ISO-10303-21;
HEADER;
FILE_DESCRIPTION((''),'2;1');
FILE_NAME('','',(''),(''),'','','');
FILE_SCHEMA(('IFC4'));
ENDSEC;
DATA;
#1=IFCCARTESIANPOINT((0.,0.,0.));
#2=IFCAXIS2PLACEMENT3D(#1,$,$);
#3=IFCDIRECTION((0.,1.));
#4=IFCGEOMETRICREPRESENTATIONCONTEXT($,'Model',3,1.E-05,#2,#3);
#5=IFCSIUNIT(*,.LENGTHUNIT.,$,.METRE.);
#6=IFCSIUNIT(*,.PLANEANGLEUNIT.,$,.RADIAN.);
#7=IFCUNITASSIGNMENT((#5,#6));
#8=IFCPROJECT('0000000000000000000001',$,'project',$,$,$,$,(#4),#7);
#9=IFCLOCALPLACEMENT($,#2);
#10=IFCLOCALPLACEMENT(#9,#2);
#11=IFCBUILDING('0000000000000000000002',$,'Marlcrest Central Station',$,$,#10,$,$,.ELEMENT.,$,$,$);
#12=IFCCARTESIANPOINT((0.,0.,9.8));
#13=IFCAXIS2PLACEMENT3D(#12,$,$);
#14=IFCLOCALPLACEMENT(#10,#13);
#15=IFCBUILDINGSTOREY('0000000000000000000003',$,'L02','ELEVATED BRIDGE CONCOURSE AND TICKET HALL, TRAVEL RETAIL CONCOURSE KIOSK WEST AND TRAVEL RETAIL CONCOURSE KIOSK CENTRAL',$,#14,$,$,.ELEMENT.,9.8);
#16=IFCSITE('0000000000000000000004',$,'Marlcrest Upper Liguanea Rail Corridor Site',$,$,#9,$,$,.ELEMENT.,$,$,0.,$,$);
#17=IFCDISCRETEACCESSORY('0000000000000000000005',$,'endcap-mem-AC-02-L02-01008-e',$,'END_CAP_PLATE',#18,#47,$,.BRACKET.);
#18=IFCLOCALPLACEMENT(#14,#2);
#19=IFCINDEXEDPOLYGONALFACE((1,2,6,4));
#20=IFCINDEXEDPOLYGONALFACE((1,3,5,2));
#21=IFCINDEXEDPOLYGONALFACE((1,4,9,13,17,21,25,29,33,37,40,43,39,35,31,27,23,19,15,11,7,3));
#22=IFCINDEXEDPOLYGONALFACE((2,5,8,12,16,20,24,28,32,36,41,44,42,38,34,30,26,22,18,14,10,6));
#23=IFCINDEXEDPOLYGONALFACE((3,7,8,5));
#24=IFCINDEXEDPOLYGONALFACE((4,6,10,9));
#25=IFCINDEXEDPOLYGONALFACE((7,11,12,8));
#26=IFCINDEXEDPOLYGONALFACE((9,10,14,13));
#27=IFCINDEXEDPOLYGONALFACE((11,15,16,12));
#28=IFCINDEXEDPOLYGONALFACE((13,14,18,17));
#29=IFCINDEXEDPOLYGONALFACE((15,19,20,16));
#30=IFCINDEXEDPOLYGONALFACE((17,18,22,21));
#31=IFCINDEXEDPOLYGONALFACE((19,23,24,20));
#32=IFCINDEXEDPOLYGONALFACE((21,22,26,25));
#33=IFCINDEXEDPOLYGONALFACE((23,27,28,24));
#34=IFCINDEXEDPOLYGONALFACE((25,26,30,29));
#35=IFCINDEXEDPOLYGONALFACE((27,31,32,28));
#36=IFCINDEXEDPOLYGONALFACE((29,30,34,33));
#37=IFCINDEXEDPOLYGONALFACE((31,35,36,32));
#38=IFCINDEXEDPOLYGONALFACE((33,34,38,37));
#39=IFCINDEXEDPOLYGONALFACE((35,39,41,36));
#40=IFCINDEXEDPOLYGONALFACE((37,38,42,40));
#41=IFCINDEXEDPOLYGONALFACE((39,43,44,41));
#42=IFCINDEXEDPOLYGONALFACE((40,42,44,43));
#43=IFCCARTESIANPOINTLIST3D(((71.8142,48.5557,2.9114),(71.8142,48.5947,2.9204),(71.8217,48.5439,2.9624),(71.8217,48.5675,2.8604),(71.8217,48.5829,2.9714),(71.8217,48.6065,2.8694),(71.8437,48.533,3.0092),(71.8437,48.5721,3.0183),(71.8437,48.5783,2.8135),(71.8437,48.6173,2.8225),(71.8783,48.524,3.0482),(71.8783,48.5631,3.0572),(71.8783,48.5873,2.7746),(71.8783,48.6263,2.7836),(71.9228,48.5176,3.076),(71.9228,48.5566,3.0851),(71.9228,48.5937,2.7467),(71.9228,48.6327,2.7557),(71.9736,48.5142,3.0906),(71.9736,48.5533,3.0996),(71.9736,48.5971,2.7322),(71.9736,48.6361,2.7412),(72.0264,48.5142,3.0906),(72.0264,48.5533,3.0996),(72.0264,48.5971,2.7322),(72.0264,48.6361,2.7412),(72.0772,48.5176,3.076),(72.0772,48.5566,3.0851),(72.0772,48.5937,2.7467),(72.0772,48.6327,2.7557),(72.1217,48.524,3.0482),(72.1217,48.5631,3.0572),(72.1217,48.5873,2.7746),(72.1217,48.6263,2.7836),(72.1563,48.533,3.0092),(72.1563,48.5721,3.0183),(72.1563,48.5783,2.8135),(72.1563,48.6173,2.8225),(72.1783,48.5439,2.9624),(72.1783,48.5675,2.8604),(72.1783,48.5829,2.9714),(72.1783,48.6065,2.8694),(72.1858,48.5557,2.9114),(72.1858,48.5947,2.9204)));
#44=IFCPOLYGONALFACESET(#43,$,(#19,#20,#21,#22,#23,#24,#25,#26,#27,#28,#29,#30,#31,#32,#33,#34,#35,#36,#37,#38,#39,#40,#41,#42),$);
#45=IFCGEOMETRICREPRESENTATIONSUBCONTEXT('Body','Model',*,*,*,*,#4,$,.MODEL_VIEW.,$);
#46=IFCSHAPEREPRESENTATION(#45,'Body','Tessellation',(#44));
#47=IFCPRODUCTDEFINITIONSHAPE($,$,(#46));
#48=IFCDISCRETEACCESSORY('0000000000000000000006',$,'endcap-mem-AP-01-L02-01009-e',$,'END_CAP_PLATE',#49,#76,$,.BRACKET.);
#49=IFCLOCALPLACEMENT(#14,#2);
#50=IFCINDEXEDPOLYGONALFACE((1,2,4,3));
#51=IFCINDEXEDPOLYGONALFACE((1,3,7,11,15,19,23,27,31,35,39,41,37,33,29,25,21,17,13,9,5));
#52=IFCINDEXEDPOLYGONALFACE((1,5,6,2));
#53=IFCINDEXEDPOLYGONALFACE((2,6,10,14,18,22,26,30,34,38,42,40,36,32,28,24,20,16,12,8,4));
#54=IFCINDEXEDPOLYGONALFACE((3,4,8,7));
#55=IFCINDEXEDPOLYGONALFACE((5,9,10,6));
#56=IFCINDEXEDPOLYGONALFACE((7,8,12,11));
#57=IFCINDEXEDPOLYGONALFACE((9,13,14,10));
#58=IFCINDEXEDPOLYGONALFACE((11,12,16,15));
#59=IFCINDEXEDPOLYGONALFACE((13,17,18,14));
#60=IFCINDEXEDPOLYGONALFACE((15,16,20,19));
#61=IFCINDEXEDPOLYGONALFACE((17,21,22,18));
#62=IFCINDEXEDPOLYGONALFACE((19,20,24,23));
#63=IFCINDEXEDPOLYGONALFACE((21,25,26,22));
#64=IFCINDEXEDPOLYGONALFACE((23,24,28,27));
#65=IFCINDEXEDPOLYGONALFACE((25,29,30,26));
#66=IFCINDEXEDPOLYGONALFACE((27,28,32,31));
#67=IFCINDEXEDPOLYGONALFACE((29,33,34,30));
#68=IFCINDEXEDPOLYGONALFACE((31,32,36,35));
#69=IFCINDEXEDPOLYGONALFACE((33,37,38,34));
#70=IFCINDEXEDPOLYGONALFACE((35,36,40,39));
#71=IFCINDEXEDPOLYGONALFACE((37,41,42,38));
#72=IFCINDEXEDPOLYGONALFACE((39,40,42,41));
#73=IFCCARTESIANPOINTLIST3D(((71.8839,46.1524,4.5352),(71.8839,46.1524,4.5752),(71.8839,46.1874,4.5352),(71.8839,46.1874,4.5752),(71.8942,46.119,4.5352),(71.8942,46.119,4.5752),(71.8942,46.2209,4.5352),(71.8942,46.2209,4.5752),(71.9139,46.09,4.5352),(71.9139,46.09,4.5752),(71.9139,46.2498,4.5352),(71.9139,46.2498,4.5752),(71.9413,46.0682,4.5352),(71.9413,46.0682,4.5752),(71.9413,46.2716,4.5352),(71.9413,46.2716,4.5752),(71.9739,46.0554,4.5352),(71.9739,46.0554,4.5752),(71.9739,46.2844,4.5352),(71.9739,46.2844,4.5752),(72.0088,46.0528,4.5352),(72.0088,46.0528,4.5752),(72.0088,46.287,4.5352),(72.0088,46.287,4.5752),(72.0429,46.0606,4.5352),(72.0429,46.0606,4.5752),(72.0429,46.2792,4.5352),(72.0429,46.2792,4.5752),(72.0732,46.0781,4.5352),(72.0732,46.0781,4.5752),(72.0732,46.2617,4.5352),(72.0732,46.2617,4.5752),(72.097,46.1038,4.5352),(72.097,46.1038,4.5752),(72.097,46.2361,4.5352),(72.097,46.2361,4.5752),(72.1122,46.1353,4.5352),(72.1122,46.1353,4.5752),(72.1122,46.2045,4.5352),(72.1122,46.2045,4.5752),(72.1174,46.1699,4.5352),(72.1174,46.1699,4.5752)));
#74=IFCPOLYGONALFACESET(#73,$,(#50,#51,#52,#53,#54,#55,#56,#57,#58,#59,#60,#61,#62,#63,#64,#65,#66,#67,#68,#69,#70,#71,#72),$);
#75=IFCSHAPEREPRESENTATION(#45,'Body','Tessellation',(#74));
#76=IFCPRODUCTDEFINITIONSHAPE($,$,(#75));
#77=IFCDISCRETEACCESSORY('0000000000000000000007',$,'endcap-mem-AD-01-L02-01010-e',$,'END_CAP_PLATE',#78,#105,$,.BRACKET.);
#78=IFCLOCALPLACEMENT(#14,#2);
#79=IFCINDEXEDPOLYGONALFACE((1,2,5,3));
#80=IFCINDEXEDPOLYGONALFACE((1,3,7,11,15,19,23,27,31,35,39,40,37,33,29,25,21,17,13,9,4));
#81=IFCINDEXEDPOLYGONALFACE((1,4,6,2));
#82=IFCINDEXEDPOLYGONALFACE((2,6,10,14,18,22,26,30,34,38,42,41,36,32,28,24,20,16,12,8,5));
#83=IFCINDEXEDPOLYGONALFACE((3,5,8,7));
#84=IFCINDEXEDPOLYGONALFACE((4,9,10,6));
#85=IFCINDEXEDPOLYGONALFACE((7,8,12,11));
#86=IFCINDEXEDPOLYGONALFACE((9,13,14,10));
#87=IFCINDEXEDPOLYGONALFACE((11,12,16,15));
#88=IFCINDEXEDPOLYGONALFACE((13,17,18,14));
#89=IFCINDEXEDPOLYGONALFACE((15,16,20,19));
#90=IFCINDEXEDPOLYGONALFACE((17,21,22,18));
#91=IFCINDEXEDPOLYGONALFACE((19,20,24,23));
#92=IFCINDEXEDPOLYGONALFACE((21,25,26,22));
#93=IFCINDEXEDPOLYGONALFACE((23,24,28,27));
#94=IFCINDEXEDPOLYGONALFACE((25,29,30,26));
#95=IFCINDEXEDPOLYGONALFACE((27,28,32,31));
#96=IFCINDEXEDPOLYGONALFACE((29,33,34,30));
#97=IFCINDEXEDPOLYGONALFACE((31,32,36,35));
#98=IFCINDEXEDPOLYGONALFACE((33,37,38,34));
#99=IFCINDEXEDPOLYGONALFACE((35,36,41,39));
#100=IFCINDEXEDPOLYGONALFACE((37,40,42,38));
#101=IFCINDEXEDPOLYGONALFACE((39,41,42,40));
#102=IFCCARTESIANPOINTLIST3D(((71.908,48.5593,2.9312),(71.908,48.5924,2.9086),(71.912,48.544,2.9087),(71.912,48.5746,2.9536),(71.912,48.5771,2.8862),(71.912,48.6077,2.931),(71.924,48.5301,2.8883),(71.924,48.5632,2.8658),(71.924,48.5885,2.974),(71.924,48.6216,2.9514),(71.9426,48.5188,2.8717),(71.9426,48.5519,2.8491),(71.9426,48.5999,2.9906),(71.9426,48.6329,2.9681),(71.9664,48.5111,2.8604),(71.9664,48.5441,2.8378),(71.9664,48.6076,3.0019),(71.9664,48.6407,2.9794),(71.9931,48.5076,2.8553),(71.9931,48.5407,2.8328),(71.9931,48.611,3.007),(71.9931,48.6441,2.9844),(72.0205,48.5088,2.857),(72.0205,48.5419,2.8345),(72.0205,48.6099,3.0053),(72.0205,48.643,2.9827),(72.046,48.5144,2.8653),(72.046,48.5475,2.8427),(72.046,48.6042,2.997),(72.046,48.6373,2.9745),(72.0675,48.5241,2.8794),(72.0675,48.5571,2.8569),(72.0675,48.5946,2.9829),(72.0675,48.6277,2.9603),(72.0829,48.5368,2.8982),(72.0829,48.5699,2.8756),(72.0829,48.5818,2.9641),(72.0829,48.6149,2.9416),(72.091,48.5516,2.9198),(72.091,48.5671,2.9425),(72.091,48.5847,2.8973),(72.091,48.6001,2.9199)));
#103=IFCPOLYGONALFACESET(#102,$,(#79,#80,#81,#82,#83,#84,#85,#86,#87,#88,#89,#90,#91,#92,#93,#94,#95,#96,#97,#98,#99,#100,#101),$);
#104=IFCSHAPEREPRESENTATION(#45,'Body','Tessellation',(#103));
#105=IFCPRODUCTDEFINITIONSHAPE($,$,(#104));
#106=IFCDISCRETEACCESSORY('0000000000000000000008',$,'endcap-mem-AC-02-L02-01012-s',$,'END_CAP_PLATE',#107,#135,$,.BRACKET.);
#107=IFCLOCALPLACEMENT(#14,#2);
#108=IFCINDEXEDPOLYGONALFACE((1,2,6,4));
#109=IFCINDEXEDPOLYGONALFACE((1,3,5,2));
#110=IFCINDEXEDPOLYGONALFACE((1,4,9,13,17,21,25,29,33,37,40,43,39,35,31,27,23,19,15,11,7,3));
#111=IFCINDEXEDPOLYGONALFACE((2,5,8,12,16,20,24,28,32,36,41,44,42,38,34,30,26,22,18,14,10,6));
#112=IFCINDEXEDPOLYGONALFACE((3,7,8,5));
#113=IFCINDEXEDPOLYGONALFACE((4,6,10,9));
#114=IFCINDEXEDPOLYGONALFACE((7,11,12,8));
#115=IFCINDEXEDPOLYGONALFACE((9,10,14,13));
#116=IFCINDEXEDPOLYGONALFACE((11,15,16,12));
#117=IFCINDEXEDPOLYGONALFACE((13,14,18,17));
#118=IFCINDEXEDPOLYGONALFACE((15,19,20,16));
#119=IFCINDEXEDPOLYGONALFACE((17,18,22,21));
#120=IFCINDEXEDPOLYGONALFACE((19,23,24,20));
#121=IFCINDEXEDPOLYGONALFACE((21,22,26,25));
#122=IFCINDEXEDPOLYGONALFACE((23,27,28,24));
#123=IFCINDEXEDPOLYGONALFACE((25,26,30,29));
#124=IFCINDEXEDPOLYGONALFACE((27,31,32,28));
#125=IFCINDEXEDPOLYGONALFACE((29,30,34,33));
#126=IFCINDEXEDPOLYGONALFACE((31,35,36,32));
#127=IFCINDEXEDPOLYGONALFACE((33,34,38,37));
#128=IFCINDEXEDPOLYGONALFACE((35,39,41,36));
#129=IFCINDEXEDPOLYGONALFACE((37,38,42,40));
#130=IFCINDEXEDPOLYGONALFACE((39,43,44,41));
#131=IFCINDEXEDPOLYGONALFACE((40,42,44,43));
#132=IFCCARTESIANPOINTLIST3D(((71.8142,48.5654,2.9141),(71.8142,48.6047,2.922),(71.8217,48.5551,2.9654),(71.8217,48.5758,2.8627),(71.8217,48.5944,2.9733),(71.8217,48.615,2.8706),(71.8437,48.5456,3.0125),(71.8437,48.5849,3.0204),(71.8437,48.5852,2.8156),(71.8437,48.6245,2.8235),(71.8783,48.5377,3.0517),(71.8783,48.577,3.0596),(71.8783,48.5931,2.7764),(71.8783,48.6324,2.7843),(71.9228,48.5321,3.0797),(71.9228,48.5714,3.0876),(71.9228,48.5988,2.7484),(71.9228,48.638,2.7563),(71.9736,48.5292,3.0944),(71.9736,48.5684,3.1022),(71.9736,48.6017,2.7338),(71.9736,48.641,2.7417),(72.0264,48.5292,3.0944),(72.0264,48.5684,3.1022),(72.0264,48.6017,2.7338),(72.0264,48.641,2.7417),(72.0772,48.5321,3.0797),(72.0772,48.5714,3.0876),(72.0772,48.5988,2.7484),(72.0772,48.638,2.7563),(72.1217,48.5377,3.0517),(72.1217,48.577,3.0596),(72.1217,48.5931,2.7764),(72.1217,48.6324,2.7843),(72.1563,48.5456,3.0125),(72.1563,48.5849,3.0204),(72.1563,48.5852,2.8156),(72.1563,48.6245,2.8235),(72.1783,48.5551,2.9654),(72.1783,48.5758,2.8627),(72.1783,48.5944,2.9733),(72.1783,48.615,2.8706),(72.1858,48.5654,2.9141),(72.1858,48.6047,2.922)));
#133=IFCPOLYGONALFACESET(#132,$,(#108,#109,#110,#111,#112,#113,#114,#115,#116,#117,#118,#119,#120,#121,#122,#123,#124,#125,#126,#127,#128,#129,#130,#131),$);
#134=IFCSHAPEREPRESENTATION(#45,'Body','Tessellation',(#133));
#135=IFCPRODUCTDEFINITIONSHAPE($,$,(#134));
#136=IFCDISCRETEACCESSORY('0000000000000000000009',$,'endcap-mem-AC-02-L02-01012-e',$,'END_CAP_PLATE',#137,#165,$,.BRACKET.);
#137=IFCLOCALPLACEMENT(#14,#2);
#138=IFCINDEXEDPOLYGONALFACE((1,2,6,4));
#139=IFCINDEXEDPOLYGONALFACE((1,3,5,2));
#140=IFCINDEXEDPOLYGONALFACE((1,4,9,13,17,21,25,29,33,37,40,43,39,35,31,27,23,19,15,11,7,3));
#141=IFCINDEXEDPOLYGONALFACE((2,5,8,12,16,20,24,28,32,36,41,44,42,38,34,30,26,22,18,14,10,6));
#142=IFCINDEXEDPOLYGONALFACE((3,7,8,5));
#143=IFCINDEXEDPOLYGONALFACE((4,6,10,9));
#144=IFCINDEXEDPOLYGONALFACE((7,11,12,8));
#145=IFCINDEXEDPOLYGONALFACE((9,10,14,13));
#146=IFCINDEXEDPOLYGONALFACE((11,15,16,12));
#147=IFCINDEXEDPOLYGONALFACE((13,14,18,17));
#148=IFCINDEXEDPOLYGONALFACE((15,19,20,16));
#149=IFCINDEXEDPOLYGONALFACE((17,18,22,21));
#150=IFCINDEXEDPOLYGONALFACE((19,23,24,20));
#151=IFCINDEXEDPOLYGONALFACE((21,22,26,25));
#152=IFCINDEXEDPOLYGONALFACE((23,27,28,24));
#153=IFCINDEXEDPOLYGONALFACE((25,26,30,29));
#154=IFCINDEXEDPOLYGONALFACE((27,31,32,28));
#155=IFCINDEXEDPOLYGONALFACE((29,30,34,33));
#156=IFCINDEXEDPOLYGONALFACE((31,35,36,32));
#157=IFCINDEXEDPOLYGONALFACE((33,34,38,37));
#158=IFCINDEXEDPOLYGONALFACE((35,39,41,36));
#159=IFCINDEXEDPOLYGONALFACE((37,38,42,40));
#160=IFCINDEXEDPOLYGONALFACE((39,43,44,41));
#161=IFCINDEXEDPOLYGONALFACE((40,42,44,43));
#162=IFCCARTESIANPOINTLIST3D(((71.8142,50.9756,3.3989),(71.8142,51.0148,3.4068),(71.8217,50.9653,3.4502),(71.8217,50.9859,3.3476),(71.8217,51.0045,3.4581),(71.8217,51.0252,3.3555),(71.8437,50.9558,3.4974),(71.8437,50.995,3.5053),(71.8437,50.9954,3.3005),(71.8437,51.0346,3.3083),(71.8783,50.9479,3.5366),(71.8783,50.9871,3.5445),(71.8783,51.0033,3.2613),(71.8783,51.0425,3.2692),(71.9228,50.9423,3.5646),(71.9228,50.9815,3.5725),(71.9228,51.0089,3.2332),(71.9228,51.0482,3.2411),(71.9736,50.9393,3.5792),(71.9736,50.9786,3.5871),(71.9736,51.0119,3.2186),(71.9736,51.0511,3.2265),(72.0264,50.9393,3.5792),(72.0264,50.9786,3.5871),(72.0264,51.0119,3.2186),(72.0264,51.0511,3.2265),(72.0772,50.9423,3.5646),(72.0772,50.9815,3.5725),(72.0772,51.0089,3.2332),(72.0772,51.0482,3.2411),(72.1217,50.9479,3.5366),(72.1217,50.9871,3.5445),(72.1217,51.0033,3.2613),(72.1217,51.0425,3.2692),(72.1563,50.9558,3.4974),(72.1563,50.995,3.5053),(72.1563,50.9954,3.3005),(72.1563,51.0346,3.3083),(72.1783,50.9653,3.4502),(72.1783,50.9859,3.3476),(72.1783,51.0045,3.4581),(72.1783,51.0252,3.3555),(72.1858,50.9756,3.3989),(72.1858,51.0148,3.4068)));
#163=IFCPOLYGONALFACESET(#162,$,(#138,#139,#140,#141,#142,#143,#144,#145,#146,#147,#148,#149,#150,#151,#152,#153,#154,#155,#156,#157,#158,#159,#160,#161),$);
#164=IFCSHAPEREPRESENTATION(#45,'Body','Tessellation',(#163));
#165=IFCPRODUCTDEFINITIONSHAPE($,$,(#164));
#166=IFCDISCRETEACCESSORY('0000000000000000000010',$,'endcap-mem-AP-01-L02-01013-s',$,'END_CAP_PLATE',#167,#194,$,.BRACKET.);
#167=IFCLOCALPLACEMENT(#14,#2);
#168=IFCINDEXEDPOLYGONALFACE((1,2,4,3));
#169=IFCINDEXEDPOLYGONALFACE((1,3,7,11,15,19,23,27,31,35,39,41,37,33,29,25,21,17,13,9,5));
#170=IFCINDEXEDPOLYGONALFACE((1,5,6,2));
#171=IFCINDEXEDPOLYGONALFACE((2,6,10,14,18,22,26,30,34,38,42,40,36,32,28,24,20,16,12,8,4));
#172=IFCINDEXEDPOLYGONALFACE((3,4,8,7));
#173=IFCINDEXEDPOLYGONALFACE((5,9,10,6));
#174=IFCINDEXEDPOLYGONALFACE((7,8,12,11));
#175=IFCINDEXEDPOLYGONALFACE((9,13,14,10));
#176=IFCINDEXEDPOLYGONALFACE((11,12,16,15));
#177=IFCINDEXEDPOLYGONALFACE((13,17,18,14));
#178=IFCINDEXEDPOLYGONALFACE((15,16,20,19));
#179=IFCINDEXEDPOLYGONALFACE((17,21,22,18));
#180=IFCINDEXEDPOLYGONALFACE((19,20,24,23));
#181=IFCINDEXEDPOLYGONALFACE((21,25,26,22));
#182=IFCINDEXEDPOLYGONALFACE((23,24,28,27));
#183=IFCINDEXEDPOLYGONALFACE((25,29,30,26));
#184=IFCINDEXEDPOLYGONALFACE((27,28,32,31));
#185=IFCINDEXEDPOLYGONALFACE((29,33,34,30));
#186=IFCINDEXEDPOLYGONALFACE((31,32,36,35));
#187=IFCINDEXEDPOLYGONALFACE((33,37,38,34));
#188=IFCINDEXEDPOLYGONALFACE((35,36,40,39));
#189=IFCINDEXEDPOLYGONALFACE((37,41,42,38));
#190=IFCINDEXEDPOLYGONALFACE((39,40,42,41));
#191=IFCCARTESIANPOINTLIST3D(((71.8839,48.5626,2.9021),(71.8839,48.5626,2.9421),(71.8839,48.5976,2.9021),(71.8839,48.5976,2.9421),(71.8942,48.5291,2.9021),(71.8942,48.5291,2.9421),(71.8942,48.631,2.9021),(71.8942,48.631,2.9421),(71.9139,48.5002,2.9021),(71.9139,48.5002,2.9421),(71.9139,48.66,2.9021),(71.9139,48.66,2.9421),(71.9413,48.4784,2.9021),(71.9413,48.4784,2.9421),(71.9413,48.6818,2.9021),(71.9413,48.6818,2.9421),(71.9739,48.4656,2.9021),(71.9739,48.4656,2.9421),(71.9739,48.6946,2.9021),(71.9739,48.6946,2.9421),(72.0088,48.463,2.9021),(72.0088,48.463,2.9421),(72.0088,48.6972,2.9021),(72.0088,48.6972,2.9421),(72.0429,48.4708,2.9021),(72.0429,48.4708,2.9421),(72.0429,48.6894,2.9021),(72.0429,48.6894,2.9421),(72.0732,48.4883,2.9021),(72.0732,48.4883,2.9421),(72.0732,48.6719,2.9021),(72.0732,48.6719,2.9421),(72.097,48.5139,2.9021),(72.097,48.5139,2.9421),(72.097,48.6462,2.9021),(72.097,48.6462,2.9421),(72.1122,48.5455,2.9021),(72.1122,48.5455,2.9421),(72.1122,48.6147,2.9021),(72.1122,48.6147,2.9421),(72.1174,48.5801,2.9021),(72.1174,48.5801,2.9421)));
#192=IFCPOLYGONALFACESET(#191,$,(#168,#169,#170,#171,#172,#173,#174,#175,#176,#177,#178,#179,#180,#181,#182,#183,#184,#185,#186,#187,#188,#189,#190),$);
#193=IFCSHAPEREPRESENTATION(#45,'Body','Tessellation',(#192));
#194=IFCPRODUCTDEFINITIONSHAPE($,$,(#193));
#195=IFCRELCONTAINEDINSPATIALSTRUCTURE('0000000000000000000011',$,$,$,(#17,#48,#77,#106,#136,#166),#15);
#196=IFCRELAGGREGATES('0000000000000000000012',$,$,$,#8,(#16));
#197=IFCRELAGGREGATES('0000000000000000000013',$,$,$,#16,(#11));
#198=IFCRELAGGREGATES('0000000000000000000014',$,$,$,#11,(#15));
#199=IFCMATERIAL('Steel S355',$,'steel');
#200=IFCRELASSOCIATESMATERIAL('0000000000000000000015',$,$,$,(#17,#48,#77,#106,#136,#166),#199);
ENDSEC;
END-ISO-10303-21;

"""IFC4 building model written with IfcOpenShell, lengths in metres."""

from ifc_helpers import new_model, si_unit, direction, frame, origin, origin_2d, place, context, subcontext, project, spatial, circle, extrude, material, element, save


model = new_model("IFC4")

# Units and contexts
model_context = context("Model", 3, precision=1e-05, world=origin(), true_north=direction((0.0, 1.0)))
body_context = subcontext(model_context, "Body", "Model", "MODEL_VIEW")
ifc_project = project(units=[si_unit("LENGTHUNIT", "METRE"), si_unit("PLANEANGLEUNIT", "RADIAN")], contexts=[model_context])

# Site, building, storey
site_placement = place(None, origin())
site = spatial("IfcSite", under=ifc_project, at=site_placement, Name="Marlcrest Upper Liguanea Rail Corridor Site", CompositionType="ELEMENT", RefElevation=0.0)
building_placement = place(site_placement, origin())
building = spatial("IfcBuilding", under=site, at=building_placement, Name="Marlcrest Central Station", CompositionType="ELEMENT")
storey_placement = place(building_placement, frame((0.0, 0.0, 9.8)))
storey = spatial("IfcBuildingStorey", under=building, at=storey_placement, Name="L02", Description="ELEVATED BRIDGE CONCOURSE AND TICKET HALL, TRAVEL RETAIL CONCOURSE KIOSK WEST AND TRAVEL RETAIL CONCOURSE KIOSK CENTRAL", CompositionType="ELEMENT", Elevation=9.8)

# Shared definitions
ifc_material = material(Name="Steel S355", Category="steel")

# Discrete accessories
discrete_accessory_1_placement = place(storey_placement, frame((72.0, 48.5557, 2.9114), z_axis=(0.0, 0.974308, 0.22522), x_axis=(-1.0, 0.0, 0.0)))
element("IfcDiscreteAccessory", 1, at=discrete_accessory_1_placement, inside=storey, material=ifc_material, Name="endcap-mem-AC-02-L02-01008-e", ObjectType="END_CAP_PLATE", PredefinedType="BRACKET", context=body_context, shape_type="SweptSolid", body=[
    extrude(circle(Radius=0.1858, at=origin_2d()), origin(), (0.0, 0.0, 1.0), 0.04),
])
discrete_accessory_2_placement = place(storey_placement, frame((72.0, 46.1699, 4.5352), z_axis=(0.0, 0.0, 1.0), x_axis=(1.0, 0.0, 0.0)))
element("IfcDiscreteAccessory", 2, at=discrete_accessory_2_placement, inside=storey, material=ifc_material, Name="endcap-mem-AP-01-L02-01009-e", ObjectType="END_CAP_PLATE", PredefinedType="BRACKET", context=body_context, shape_type="SweptSolid", body=[
    extrude(circle(Radius=0.1174, at=origin_2d()), origin(), (0.0, 0.0, 1.0), 0.04),
])
discrete_accessory_3_placement = place(storey_placement, frame((72.0, 48.5593, 2.9312), z_axis=(0.0, 0.826263, -0.563285), x_axis=(-1.0, 0.0, 0.0)))
element("IfcDiscreteAccessory", 3, at=discrete_accessory_3_placement, inside=storey, material=ifc_material, Name="endcap-mem-AD-01-L02-01010-e", ObjectType="END_CAP_PLATE", PredefinedType="BRACKET", context=body_context, shape_type="SweptSolid", body=[
    extrude(circle(Radius=0.092, at=origin_2d()), origin(), (0.0, 0.0, 1.0), 0.04),
])
for number, where, z_axis, x_axis, name in (
    (4, (72.0, 48.5654, 2.9141), (0.0, 0.980359, 0.197219), (-1.0, 0.0, 0.0), "endcap-mem-AC-02-L02-01012-s"),
    (5, (72.0, 50.9756, 3.3989), (0.0, 0.980359, 0.197219), (-1.0, 0.0, 0.0), "endcap-mem-AC-02-L02-01012-e"),
):
    element("IfcDiscreteAccessory", number, at=place(storey_placement, frame(where, z_axis=z_axis, x_axis=x_axis)), inside=storey, material=ifc_material, Name=name, ObjectType="END_CAP_PLATE", PredefinedType="BRACKET", context=body_context, shape_type="SweptSolid", body=[
        extrude(circle(Radius=0.1858, at=origin_2d()), origin(), (0.0, 0.0, 1.0), 0.04),
    ])
for number, where, z_axis, x_axis, name in (
    (6, (72.0, 48.5801, 2.9021), (0.0, 0.0, 1.0), (1.0, 0.0, 0.0), "endcap-mem-AP-01-L02-01013-s"),
):
    element("IfcDiscreteAccessory", number, at=place(storey_placement, frame(where, z_axis=z_axis, x_axis=x_axis)), inside=storey, material=ifc_material, Name=name, ObjectType="END_CAP_PLATE", PredefinedType="BRACKET", context=body_context, shape_type="SweptSolid", body=[
        extrude(circle(Radius=0.1174, at=origin_2d()), origin(), (0.0, 0.0, 1.0), 0.04),
    ])

save(model, "model.ifc")
